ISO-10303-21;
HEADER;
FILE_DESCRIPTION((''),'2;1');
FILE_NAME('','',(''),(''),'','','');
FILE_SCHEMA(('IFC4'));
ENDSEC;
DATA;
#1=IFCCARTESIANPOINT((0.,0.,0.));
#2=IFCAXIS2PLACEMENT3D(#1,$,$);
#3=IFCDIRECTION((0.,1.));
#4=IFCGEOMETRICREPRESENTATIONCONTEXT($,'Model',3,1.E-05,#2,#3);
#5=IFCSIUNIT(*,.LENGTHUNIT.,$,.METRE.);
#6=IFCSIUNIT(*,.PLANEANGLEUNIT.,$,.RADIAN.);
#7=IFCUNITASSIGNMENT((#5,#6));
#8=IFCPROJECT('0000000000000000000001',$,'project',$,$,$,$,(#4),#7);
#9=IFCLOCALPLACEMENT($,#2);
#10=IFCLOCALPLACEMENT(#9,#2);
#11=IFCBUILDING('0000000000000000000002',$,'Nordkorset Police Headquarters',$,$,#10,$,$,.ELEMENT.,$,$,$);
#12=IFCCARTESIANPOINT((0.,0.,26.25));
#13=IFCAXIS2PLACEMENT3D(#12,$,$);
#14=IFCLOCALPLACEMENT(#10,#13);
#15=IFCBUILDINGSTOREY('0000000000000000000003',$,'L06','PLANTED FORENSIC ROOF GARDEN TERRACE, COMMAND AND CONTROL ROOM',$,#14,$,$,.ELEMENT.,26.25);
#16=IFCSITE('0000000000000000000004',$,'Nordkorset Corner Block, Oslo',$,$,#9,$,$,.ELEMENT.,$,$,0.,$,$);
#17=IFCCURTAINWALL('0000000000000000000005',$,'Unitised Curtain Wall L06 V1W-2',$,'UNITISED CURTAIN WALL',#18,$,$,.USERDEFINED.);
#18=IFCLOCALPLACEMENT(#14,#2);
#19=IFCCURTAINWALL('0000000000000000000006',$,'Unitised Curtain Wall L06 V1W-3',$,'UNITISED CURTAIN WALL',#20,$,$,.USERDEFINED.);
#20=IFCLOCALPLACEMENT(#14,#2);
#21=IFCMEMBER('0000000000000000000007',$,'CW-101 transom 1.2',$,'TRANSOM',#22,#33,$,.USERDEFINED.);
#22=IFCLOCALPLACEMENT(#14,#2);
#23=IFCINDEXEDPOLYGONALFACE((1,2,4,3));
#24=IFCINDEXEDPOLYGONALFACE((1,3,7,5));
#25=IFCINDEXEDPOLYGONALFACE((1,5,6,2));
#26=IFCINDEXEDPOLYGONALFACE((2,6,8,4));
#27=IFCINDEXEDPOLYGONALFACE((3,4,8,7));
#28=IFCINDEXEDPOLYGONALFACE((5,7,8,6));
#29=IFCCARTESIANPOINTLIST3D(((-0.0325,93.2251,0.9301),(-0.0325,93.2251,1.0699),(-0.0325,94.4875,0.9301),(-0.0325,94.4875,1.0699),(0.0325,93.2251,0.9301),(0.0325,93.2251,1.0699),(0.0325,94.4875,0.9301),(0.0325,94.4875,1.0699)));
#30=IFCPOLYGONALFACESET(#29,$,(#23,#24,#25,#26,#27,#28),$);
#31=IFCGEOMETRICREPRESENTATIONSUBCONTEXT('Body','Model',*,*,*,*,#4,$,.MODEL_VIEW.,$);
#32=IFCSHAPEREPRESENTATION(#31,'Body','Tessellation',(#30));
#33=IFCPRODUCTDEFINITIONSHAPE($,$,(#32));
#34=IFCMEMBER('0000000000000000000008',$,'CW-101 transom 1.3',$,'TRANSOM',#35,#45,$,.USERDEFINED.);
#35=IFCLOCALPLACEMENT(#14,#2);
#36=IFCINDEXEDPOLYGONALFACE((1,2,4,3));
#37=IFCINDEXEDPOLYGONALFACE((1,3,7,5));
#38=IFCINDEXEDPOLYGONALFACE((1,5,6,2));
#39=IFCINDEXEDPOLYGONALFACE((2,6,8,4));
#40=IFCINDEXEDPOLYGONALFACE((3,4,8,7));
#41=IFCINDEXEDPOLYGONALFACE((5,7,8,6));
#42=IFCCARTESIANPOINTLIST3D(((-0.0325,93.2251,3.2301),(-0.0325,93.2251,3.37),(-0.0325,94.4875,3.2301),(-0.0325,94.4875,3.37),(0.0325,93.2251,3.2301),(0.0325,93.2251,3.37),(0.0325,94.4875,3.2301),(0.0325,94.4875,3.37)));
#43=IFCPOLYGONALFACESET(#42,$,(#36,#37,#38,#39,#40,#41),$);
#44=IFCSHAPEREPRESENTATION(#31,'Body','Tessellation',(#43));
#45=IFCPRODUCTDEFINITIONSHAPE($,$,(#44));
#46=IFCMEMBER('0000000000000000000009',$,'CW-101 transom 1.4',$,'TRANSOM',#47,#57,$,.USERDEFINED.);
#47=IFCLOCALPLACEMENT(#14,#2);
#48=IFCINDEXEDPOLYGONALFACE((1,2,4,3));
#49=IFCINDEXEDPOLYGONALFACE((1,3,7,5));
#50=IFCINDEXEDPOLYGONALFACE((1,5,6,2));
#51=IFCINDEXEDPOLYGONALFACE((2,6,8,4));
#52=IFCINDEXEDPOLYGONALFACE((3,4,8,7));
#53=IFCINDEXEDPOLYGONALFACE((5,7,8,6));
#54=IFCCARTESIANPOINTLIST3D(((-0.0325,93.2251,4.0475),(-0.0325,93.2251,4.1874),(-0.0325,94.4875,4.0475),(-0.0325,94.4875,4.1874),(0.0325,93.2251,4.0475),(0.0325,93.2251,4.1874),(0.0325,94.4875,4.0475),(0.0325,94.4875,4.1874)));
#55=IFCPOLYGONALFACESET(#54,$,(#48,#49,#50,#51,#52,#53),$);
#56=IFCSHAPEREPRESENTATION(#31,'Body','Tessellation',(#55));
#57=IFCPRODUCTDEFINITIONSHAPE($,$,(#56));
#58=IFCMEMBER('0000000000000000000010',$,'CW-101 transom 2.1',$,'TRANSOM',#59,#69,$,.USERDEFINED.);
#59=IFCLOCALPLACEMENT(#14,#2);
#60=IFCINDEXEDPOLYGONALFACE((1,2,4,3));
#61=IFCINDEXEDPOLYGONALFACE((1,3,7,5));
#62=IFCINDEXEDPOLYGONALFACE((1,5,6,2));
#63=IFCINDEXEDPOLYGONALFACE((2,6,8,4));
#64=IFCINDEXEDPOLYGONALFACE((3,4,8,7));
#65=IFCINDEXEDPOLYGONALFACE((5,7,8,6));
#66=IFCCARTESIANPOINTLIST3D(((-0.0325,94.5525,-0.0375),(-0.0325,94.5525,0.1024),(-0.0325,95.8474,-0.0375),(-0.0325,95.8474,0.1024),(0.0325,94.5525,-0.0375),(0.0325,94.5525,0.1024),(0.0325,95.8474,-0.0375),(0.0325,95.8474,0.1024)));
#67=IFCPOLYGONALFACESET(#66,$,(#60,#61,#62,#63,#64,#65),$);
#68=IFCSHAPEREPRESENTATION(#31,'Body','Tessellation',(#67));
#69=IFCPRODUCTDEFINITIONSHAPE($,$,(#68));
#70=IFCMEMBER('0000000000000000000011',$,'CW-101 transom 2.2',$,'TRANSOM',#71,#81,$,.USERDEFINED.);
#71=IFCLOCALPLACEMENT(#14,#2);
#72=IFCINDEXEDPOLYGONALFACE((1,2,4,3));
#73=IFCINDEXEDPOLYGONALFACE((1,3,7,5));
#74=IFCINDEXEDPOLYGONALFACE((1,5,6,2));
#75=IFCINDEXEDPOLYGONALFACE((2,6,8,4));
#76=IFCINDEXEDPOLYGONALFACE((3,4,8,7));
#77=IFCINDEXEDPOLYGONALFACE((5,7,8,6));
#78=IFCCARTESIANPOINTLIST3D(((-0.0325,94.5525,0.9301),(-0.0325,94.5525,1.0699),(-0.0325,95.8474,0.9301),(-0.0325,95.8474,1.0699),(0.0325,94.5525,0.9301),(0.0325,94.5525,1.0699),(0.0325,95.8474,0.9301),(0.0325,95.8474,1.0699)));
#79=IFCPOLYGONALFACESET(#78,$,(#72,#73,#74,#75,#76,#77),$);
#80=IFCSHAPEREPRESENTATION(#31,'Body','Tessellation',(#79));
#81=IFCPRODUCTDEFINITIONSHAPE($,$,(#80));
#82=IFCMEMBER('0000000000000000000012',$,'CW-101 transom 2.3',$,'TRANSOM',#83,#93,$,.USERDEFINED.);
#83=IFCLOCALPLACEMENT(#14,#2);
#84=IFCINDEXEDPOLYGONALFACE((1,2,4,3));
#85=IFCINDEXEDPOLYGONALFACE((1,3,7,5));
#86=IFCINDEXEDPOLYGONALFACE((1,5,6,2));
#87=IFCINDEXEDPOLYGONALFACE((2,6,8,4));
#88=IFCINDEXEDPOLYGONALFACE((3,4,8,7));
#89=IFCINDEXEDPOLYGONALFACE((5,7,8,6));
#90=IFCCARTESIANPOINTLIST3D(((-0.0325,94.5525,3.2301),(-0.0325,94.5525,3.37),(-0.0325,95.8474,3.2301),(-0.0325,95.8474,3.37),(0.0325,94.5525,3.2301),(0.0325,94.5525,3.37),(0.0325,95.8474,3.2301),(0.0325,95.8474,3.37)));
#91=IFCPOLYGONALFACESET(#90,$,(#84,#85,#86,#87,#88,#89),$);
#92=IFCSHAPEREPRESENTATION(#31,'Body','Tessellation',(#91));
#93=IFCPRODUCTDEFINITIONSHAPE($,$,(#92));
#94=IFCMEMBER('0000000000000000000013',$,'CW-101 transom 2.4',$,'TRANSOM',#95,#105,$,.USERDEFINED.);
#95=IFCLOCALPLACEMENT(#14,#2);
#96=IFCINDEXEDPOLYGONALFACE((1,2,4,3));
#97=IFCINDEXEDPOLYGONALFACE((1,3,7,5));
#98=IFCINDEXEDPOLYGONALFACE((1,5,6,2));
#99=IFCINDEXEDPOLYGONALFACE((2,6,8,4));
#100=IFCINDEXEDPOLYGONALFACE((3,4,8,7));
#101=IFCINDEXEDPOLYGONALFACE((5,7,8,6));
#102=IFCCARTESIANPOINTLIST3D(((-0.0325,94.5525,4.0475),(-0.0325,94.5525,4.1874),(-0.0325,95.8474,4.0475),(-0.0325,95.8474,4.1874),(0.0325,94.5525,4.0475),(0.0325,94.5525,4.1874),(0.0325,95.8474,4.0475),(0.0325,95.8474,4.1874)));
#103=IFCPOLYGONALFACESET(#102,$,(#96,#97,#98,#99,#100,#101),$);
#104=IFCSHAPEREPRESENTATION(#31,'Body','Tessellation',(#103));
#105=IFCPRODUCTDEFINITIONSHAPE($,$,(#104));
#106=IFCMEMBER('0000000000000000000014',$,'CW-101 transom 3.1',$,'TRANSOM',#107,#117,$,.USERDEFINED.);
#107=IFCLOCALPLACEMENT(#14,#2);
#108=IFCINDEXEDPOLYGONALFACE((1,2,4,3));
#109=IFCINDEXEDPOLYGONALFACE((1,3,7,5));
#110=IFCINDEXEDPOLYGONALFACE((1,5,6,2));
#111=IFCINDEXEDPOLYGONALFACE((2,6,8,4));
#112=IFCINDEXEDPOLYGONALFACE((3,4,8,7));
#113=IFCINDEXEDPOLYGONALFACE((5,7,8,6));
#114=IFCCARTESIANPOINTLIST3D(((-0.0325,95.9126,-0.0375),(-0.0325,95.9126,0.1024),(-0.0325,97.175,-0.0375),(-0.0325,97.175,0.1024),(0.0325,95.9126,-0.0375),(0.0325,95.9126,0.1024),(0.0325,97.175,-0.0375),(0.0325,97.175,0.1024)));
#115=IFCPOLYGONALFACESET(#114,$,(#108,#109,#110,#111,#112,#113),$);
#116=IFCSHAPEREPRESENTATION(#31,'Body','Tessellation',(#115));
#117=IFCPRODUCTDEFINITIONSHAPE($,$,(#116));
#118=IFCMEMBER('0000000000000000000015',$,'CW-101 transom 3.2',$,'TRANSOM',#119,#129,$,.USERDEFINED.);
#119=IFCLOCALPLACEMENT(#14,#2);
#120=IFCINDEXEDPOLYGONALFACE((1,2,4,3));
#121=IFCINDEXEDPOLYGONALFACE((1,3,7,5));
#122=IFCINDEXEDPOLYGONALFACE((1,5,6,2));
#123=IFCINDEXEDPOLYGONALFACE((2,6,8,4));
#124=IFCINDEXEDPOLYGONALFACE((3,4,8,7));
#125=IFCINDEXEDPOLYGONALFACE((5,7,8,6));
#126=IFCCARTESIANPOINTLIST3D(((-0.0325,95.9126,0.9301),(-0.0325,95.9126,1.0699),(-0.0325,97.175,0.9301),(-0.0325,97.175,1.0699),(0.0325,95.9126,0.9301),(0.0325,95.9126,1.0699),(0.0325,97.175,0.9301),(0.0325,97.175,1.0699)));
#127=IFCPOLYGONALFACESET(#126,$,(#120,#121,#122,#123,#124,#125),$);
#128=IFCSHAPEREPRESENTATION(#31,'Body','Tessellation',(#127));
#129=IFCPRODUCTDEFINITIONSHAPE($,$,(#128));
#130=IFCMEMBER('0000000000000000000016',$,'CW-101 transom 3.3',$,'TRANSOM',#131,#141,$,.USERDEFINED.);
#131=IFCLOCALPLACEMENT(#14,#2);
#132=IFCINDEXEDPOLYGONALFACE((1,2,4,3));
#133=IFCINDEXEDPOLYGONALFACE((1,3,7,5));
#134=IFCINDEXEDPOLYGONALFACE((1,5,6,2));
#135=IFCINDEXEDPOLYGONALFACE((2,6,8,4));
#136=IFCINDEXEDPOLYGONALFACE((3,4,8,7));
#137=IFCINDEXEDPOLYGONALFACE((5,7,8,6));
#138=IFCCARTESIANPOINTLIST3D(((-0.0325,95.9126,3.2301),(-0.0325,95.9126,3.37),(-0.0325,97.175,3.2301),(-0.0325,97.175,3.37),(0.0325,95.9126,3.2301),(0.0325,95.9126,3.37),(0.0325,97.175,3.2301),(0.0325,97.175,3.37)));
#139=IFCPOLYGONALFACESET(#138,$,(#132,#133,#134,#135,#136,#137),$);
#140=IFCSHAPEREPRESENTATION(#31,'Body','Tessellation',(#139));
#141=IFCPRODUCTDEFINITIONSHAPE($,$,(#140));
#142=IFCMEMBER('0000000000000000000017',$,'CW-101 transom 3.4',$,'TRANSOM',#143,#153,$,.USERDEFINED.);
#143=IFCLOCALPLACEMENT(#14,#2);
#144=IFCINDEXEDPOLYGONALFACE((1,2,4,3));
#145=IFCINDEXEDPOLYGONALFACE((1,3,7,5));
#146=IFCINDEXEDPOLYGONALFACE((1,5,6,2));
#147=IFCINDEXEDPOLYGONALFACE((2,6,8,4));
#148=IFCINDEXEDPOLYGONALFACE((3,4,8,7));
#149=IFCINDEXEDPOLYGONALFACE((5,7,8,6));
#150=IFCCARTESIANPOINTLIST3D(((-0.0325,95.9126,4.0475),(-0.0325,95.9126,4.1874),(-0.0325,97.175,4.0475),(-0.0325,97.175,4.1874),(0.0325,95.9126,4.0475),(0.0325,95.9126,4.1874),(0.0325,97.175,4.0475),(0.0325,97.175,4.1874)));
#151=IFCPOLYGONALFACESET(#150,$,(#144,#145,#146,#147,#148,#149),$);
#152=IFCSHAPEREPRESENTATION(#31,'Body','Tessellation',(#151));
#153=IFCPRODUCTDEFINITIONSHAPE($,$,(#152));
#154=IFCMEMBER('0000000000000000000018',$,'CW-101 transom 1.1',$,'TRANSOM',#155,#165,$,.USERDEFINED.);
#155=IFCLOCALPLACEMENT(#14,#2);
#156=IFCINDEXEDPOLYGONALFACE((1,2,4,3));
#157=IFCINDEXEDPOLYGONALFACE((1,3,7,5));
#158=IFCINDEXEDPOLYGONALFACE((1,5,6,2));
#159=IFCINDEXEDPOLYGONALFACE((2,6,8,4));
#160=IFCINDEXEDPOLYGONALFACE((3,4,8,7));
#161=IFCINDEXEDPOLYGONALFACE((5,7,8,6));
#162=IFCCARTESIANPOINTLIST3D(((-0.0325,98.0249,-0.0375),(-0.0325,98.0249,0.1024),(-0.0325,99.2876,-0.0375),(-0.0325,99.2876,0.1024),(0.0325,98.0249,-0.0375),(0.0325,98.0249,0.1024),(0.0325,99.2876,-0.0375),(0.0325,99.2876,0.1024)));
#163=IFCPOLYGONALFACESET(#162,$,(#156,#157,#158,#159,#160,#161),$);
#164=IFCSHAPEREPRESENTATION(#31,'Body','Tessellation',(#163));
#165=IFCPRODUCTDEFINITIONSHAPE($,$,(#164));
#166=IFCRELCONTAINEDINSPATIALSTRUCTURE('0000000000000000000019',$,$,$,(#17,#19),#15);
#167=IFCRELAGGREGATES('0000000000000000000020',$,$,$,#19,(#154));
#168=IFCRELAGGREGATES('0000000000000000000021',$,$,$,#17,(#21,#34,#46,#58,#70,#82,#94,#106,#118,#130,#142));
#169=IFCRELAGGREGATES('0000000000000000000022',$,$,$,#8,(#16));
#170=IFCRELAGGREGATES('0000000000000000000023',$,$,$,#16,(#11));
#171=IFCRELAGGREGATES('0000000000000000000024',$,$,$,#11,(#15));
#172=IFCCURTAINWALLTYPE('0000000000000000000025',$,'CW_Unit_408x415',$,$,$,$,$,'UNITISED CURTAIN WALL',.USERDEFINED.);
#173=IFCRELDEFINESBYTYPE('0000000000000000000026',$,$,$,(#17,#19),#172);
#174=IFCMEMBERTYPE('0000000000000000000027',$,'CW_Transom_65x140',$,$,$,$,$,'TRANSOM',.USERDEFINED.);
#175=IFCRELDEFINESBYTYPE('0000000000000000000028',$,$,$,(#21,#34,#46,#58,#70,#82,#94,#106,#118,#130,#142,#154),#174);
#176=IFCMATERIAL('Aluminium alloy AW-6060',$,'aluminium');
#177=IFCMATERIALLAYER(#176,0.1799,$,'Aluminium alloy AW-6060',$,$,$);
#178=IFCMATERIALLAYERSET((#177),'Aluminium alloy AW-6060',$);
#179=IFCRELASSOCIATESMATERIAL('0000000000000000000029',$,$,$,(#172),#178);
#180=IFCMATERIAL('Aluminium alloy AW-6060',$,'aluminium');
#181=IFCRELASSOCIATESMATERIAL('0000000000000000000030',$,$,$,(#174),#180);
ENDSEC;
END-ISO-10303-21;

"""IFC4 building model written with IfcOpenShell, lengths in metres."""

from ifc_helpers import new_model, si_unit, direction, frame, origin, origin_2d, place, context, subcontext, project, spatial, rectangle, extrude, material, layer, layer_set, material_profile, profile_set, type_object, element, aggregate, save


model = new_model("IFC4")

# Units and contexts
model_context = context("Model", 3, precision=1e-05, world=origin(), true_north=direction((0.0, 1.0)))
body_context = subcontext(model_context, "Body", "Model", "MODEL_VIEW")
ifc_project = project(units=[si_unit("LENGTHUNIT", "METRE"), si_unit("PLANEANGLEUNIT", "RADIAN")], contexts=[model_context])

# Site, building, storey
site_placement = place(None, origin())
site = spatial("IfcSite", under=ifc_project, at=site_placement, Name="Nordkorset Corner Block, Oslo", CompositionType="ELEMENT", RefElevation=0.0)
building_placement = place(site_placement, origin())
building = spatial("IfcBuilding", under=site, at=building_placement, Name="Nordkorset Police Headquarters", CompositionType="ELEMENT")
storey_placement = place(building_placement, frame((0.0, 0.0, 26.25)))
storey = spatial("IfcBuildingStorey", under=building, at=storey_placement, Name="L06", Description="PLANTED FORENSIC ROOF GARDEN TERRACE, COMMAND AND CONTROL ROOM", CompositionType="ELEMENT", Elevation=26.25)

# Shared definitions
ifc_material_1 = material(Name="Aluminium alloy AW-6060", Category="aluminium")
ifc_layer_1 = layer(ifc_material_1, 0.1799, Name="Aluminium alloy AW-6060")
ifc_layer_set_1 = layer_set([ifc_layer_1], Name="Aluminium alloy AW-6060")
curtain_wall_type = type_object("IfcCurtainWallType", Name="CW_Unit_408x415", ElementType="UNITISED CURTAIN WALL", PredefinedType="USERDEFINED", material=ifc_layer_set_1)

# Curtain wall
curtain_wall_1_placement = place(storey_placement, origin())
curtain_wall_1 = element("IfcCurtainWall", 1, at=curtain_wall_1_placement, inside=storey, type_object=curtain_wall_type, Name="Unitised Curtain Wall L06 V1W-2", ObjectType="UNITISED CURTAIN WALL", PredefinedType="USERDEFINED")

# Curtain wall
curtain_wall_2_placement = place(storey_placement, origin())
curtain_wall_2 = element("IfcCurtainWall", 2, at=curtain_wall_2_placement, inside=storey, type_object=curtain_wall_type, Name="Unitised Curtain Wall L06 V1W-3", ObjectType="UNITISED CURTAIN WALL", PredefinedType="USERDEFINED")

# Members
ifc_material_2 = material(Name="Aluminium alloy AW-6060", Category="aluminium")
ifc_material_profile_1 = material_profile(ifc_material_2, rectangle(XDim=0.0649, YDim=0.1399, at=origin_2d()), Name="ALU TRAN 65x140")
ifc_profile_set_1 = profile_set([ifc_material_profile_1], Name="Aluminium alloy AW-6060")
member_type_1 = type_object("IfcMemberType", Name="CW_Transom_65x140", ElementType="TRANSOM", PredefinedType="USERDEFINED", material=ifc_profile_set_1)
member_1_placement = place(storey_placement, frame((0.0, 93.2251, 1.0), z_axis=(0.0, 1.0, 0.0), x_axis=(-1.0, 0.0, 0.0)))
member_1 = element("IfcMember", 3, at=member_1_placement, type_object=member_type_1, Name="CW-101 transom 1.2", ObjectType="TRANSOM", PredefinedType="USERDEFINED", context=body_context, shape_type="SweptSolid", body=[
    extrude(rectangle(XDim=0.0649, YDim=0.1399, at=origin_2d()), origin(), (0.0, 0.0, 1.0), 1.2625),
])
member_2_placement = place(storey_placement, frame((0.0, 93.2251, 3.3), z_axis=(0.0, 1.0, 0.0), x_axis=(-1.0, 0.0, 0.0)))
member_2 = element("IfcMember", 4, at=member_2_placement, type_object=member_type_1, Name="CW-101 transom 1.3", ObjectType="TRANSOM", PredefinedType="USERDEFINED", context=body_context, shape_type="SweptSolid", body=[
    extrude(rectangle(XDim=0.0649, YDim=0.1399, at=origin_2d()), origin(), (0.0, 0.0, 1.0), 1.2625),
])
member_3_placement = place(storey_placement, frame((0.0, 93.2251, 4.1174), z_axis=(0.0, 1.0, 0.0), x_axis=(-1.0, 0.0, 0.0)))
member_3 = element("IfcMember", 5, at=member_3_placement, type_object=member_type_1, Name="CW-101 transom 1.4", ObjectType="TRANSOM", PredefinedType="USERDEFINED", context=body_context, shape_type="SweptSolid", body=[
    extrude(rectangle(XDim=0.0649, YDim=0.1399, at=origin_2d()), origin(), (0.0, 0.0, 1.0), 1.2625),
])
member_4_placement = place(storey_placement, frame((0.0, 94.5525, 0.0325), z_axis=(0.0, 1.0, 0.0), x_axis=(-1.0, 0.0, 0.0)))
member_4 = element("IfcMember", 6, at=member_4_placement, type_object=member_type_1, Name="CW-101 transom 2.1", ObjectType="TRANSOM", PredefinedType="USERDEFINED", context=body_context, shape_type="SweptSolid", body=[
    extrude(rectangle(XDim=0.0649, YDim=0.1399, at=origin_2d()), origin(), (0.0, 0.0, 1.0), 1.2949),
])
member_5_placement = place(storey_placement, frame((0.0, 94.5525, 1.0), z_axis=(0.0, 1.0, 0.0), x_axis=(-1.0, 0.0, 0.0)))
member_5 = element("IfcMember", 7, at=member_5_placement, type_object=member_type_1, Name="CW-101 transom 2.2", ObjectType="TRANSOM", PredefinedType="USERDEFINED", context=body_context, shape_type="SweptSolid", body=[
    extrude(rectangle(XDim=0.0649, YDim=0.1399, at=origin_2d()), origin(), (0.0, 0.0, 1.0), 1.2949),
])
member_6_placement = place(storey_placement, frame((0.0, 94.5525, 3.3), z_axis=(0.0, 1.0, 0.0), x_axis=(-1.0, 0.0, 0.0)))
member_6 = element("IfcMember", 8, at=member_6_placement, type_object=member_type_1, Name="CW-101 transom 2.3", ObjectType="TRANSOM", PredefinedType="USERDEFINED", context=body_context, shape_type="SweptSolid", body=[
    extrude(rectangle(XDim=0.0649, YDim=0.1399, at=origin_2d()), origin(), (0.0, 0.0, 1.0), 1.2949),
])
member_7_placement = place(storey_placement, frame((0.0, 94.5525, 4.1174), z_axis=(0.0, 1.0, 0.0), x_axis=(-1.0, 0.0, 0.0)))
member_7 = element("IfcMember", 9, at=member_7_placement, type_object=member_type_1, Name="CW-101 transom 2.4", ObjectType="TRANSOM", PredefinedType="USERDEFINED", context=body_context, shape_type="SweptSolid", body=[
    extrude(rectangle(XDim=0.0649, YDim=0.1399, at=origin_2d()), origin(), (0.0, 0.0, 1.0), 1.2949),
])
member_8_placement = place(storey_placement, frame((0.0, 95.9126, 0.0325), z_axis=(0.0, 1.0, 0.0), x_axis=(-1.0, 0.0, 0.0)))
member_8 = element("IfcMember", 10, at=member_8_placement, type_object=member_type_1, Name="CW-101 transom 3.1", ObjectType="TRANSOM", PredefinedType="USERDEFINED", context=body_context, shape_type="SweptSolid", body=[
    extrude(rectangle(XDim=0.0649, YDim=0.1399, at=origin_2d()), origin(), (0.0, 0.0, 1.0), 1.2625),
])
member_9_placement = place(storey_placement, frame((0.0, 95.9126, 1.0), z_axis=(0.0, 1.0, 0.0), x_axis=(-1.0, 0.0, 0.0)))
member_9 = element("IfcMember", 11, at=member_9_placement, type_object=member_type_1, Name="CW-101 transom 3.2", ObjectType="TRANSOM", PredefinedType="USERDEFINED", context=body_context, shape_type="SweptSolid", body=[
    extrude(rectangle(XDim=0.0649, YDim=0.1399, at=origin_2d()), origin(), (0.0, 0.0, 1.0), 1.2625),
])
member_10_placement = place(storey_placement, frame((0.0, 95.9126, 3.3), z_axis=(0.0, 1.0, 0.0), x_axis=(-1.0, 0.0, 0.0)))
member_10 = element("IfcMember", 12, at=member_10_placement, type_object=member_type_1, Name="CW-101 transom 3.3", ObjectType="TRANSOM", PredefinedType="USERDEFINED", context=body_context, shape_type="SweptSolid", body=[
    extrude(rectangle(XDim=0.0649, YDim=0.1399, at=origin_2d()), origin(), (0.0, 0.0, 1.0), 1.2625),
])
member_11_placement = place(storey_placement, frame((0.0, 95.9126, 4.1174), z_axis=(0.0, 1.0, 0.0), x_axis=(-1.0, 0.0, 0.0)))
member_11 = element("IfcMember", 13, at=member_11_placement, type_object=member_type_1, Name="CW-101 transom 3.4", ObjectType="TRANSOM", PredefinedType="USERDEFINED", context=body_context, shape_type="SweptSolid", body=[
    extrude(rectangle(XDim=0.0649, YDim=0.1399, at=origin_2d()), origin(), (0.0, 0.0, 1.0), 1.2625),
])
member_12_placement = place(storey_placement, frame((0.0, 98.0249, 0.0325), z_axis=(0.0, 1.0, 0.0), x_axis=(-1.0, 0.0, 0.0)))
member_12 = element("IfcMember", 14, at=member_12_placement, type_object=member_type_1, Name="CW-101 transom 1.1", ObjectType="TRANSOM", PredefinedType="USERDEFINED", context=body_context, shape_type="SweptSolid", body=[
    extrude(rectangle(XDim=0.0649, YDim=0.1399, at=origin_2d()), origin(), (0.0, 0.0, 1.0), 1.2627),
])
aggregate(curtain_wall_2, [member_12])

aggregate(curtain_wall_1, [member_1, member_2, member_3, member_4, member_5, member_6, member_7, member_8, member_9, member_10, member_11])

save(model, "model.ifc")
